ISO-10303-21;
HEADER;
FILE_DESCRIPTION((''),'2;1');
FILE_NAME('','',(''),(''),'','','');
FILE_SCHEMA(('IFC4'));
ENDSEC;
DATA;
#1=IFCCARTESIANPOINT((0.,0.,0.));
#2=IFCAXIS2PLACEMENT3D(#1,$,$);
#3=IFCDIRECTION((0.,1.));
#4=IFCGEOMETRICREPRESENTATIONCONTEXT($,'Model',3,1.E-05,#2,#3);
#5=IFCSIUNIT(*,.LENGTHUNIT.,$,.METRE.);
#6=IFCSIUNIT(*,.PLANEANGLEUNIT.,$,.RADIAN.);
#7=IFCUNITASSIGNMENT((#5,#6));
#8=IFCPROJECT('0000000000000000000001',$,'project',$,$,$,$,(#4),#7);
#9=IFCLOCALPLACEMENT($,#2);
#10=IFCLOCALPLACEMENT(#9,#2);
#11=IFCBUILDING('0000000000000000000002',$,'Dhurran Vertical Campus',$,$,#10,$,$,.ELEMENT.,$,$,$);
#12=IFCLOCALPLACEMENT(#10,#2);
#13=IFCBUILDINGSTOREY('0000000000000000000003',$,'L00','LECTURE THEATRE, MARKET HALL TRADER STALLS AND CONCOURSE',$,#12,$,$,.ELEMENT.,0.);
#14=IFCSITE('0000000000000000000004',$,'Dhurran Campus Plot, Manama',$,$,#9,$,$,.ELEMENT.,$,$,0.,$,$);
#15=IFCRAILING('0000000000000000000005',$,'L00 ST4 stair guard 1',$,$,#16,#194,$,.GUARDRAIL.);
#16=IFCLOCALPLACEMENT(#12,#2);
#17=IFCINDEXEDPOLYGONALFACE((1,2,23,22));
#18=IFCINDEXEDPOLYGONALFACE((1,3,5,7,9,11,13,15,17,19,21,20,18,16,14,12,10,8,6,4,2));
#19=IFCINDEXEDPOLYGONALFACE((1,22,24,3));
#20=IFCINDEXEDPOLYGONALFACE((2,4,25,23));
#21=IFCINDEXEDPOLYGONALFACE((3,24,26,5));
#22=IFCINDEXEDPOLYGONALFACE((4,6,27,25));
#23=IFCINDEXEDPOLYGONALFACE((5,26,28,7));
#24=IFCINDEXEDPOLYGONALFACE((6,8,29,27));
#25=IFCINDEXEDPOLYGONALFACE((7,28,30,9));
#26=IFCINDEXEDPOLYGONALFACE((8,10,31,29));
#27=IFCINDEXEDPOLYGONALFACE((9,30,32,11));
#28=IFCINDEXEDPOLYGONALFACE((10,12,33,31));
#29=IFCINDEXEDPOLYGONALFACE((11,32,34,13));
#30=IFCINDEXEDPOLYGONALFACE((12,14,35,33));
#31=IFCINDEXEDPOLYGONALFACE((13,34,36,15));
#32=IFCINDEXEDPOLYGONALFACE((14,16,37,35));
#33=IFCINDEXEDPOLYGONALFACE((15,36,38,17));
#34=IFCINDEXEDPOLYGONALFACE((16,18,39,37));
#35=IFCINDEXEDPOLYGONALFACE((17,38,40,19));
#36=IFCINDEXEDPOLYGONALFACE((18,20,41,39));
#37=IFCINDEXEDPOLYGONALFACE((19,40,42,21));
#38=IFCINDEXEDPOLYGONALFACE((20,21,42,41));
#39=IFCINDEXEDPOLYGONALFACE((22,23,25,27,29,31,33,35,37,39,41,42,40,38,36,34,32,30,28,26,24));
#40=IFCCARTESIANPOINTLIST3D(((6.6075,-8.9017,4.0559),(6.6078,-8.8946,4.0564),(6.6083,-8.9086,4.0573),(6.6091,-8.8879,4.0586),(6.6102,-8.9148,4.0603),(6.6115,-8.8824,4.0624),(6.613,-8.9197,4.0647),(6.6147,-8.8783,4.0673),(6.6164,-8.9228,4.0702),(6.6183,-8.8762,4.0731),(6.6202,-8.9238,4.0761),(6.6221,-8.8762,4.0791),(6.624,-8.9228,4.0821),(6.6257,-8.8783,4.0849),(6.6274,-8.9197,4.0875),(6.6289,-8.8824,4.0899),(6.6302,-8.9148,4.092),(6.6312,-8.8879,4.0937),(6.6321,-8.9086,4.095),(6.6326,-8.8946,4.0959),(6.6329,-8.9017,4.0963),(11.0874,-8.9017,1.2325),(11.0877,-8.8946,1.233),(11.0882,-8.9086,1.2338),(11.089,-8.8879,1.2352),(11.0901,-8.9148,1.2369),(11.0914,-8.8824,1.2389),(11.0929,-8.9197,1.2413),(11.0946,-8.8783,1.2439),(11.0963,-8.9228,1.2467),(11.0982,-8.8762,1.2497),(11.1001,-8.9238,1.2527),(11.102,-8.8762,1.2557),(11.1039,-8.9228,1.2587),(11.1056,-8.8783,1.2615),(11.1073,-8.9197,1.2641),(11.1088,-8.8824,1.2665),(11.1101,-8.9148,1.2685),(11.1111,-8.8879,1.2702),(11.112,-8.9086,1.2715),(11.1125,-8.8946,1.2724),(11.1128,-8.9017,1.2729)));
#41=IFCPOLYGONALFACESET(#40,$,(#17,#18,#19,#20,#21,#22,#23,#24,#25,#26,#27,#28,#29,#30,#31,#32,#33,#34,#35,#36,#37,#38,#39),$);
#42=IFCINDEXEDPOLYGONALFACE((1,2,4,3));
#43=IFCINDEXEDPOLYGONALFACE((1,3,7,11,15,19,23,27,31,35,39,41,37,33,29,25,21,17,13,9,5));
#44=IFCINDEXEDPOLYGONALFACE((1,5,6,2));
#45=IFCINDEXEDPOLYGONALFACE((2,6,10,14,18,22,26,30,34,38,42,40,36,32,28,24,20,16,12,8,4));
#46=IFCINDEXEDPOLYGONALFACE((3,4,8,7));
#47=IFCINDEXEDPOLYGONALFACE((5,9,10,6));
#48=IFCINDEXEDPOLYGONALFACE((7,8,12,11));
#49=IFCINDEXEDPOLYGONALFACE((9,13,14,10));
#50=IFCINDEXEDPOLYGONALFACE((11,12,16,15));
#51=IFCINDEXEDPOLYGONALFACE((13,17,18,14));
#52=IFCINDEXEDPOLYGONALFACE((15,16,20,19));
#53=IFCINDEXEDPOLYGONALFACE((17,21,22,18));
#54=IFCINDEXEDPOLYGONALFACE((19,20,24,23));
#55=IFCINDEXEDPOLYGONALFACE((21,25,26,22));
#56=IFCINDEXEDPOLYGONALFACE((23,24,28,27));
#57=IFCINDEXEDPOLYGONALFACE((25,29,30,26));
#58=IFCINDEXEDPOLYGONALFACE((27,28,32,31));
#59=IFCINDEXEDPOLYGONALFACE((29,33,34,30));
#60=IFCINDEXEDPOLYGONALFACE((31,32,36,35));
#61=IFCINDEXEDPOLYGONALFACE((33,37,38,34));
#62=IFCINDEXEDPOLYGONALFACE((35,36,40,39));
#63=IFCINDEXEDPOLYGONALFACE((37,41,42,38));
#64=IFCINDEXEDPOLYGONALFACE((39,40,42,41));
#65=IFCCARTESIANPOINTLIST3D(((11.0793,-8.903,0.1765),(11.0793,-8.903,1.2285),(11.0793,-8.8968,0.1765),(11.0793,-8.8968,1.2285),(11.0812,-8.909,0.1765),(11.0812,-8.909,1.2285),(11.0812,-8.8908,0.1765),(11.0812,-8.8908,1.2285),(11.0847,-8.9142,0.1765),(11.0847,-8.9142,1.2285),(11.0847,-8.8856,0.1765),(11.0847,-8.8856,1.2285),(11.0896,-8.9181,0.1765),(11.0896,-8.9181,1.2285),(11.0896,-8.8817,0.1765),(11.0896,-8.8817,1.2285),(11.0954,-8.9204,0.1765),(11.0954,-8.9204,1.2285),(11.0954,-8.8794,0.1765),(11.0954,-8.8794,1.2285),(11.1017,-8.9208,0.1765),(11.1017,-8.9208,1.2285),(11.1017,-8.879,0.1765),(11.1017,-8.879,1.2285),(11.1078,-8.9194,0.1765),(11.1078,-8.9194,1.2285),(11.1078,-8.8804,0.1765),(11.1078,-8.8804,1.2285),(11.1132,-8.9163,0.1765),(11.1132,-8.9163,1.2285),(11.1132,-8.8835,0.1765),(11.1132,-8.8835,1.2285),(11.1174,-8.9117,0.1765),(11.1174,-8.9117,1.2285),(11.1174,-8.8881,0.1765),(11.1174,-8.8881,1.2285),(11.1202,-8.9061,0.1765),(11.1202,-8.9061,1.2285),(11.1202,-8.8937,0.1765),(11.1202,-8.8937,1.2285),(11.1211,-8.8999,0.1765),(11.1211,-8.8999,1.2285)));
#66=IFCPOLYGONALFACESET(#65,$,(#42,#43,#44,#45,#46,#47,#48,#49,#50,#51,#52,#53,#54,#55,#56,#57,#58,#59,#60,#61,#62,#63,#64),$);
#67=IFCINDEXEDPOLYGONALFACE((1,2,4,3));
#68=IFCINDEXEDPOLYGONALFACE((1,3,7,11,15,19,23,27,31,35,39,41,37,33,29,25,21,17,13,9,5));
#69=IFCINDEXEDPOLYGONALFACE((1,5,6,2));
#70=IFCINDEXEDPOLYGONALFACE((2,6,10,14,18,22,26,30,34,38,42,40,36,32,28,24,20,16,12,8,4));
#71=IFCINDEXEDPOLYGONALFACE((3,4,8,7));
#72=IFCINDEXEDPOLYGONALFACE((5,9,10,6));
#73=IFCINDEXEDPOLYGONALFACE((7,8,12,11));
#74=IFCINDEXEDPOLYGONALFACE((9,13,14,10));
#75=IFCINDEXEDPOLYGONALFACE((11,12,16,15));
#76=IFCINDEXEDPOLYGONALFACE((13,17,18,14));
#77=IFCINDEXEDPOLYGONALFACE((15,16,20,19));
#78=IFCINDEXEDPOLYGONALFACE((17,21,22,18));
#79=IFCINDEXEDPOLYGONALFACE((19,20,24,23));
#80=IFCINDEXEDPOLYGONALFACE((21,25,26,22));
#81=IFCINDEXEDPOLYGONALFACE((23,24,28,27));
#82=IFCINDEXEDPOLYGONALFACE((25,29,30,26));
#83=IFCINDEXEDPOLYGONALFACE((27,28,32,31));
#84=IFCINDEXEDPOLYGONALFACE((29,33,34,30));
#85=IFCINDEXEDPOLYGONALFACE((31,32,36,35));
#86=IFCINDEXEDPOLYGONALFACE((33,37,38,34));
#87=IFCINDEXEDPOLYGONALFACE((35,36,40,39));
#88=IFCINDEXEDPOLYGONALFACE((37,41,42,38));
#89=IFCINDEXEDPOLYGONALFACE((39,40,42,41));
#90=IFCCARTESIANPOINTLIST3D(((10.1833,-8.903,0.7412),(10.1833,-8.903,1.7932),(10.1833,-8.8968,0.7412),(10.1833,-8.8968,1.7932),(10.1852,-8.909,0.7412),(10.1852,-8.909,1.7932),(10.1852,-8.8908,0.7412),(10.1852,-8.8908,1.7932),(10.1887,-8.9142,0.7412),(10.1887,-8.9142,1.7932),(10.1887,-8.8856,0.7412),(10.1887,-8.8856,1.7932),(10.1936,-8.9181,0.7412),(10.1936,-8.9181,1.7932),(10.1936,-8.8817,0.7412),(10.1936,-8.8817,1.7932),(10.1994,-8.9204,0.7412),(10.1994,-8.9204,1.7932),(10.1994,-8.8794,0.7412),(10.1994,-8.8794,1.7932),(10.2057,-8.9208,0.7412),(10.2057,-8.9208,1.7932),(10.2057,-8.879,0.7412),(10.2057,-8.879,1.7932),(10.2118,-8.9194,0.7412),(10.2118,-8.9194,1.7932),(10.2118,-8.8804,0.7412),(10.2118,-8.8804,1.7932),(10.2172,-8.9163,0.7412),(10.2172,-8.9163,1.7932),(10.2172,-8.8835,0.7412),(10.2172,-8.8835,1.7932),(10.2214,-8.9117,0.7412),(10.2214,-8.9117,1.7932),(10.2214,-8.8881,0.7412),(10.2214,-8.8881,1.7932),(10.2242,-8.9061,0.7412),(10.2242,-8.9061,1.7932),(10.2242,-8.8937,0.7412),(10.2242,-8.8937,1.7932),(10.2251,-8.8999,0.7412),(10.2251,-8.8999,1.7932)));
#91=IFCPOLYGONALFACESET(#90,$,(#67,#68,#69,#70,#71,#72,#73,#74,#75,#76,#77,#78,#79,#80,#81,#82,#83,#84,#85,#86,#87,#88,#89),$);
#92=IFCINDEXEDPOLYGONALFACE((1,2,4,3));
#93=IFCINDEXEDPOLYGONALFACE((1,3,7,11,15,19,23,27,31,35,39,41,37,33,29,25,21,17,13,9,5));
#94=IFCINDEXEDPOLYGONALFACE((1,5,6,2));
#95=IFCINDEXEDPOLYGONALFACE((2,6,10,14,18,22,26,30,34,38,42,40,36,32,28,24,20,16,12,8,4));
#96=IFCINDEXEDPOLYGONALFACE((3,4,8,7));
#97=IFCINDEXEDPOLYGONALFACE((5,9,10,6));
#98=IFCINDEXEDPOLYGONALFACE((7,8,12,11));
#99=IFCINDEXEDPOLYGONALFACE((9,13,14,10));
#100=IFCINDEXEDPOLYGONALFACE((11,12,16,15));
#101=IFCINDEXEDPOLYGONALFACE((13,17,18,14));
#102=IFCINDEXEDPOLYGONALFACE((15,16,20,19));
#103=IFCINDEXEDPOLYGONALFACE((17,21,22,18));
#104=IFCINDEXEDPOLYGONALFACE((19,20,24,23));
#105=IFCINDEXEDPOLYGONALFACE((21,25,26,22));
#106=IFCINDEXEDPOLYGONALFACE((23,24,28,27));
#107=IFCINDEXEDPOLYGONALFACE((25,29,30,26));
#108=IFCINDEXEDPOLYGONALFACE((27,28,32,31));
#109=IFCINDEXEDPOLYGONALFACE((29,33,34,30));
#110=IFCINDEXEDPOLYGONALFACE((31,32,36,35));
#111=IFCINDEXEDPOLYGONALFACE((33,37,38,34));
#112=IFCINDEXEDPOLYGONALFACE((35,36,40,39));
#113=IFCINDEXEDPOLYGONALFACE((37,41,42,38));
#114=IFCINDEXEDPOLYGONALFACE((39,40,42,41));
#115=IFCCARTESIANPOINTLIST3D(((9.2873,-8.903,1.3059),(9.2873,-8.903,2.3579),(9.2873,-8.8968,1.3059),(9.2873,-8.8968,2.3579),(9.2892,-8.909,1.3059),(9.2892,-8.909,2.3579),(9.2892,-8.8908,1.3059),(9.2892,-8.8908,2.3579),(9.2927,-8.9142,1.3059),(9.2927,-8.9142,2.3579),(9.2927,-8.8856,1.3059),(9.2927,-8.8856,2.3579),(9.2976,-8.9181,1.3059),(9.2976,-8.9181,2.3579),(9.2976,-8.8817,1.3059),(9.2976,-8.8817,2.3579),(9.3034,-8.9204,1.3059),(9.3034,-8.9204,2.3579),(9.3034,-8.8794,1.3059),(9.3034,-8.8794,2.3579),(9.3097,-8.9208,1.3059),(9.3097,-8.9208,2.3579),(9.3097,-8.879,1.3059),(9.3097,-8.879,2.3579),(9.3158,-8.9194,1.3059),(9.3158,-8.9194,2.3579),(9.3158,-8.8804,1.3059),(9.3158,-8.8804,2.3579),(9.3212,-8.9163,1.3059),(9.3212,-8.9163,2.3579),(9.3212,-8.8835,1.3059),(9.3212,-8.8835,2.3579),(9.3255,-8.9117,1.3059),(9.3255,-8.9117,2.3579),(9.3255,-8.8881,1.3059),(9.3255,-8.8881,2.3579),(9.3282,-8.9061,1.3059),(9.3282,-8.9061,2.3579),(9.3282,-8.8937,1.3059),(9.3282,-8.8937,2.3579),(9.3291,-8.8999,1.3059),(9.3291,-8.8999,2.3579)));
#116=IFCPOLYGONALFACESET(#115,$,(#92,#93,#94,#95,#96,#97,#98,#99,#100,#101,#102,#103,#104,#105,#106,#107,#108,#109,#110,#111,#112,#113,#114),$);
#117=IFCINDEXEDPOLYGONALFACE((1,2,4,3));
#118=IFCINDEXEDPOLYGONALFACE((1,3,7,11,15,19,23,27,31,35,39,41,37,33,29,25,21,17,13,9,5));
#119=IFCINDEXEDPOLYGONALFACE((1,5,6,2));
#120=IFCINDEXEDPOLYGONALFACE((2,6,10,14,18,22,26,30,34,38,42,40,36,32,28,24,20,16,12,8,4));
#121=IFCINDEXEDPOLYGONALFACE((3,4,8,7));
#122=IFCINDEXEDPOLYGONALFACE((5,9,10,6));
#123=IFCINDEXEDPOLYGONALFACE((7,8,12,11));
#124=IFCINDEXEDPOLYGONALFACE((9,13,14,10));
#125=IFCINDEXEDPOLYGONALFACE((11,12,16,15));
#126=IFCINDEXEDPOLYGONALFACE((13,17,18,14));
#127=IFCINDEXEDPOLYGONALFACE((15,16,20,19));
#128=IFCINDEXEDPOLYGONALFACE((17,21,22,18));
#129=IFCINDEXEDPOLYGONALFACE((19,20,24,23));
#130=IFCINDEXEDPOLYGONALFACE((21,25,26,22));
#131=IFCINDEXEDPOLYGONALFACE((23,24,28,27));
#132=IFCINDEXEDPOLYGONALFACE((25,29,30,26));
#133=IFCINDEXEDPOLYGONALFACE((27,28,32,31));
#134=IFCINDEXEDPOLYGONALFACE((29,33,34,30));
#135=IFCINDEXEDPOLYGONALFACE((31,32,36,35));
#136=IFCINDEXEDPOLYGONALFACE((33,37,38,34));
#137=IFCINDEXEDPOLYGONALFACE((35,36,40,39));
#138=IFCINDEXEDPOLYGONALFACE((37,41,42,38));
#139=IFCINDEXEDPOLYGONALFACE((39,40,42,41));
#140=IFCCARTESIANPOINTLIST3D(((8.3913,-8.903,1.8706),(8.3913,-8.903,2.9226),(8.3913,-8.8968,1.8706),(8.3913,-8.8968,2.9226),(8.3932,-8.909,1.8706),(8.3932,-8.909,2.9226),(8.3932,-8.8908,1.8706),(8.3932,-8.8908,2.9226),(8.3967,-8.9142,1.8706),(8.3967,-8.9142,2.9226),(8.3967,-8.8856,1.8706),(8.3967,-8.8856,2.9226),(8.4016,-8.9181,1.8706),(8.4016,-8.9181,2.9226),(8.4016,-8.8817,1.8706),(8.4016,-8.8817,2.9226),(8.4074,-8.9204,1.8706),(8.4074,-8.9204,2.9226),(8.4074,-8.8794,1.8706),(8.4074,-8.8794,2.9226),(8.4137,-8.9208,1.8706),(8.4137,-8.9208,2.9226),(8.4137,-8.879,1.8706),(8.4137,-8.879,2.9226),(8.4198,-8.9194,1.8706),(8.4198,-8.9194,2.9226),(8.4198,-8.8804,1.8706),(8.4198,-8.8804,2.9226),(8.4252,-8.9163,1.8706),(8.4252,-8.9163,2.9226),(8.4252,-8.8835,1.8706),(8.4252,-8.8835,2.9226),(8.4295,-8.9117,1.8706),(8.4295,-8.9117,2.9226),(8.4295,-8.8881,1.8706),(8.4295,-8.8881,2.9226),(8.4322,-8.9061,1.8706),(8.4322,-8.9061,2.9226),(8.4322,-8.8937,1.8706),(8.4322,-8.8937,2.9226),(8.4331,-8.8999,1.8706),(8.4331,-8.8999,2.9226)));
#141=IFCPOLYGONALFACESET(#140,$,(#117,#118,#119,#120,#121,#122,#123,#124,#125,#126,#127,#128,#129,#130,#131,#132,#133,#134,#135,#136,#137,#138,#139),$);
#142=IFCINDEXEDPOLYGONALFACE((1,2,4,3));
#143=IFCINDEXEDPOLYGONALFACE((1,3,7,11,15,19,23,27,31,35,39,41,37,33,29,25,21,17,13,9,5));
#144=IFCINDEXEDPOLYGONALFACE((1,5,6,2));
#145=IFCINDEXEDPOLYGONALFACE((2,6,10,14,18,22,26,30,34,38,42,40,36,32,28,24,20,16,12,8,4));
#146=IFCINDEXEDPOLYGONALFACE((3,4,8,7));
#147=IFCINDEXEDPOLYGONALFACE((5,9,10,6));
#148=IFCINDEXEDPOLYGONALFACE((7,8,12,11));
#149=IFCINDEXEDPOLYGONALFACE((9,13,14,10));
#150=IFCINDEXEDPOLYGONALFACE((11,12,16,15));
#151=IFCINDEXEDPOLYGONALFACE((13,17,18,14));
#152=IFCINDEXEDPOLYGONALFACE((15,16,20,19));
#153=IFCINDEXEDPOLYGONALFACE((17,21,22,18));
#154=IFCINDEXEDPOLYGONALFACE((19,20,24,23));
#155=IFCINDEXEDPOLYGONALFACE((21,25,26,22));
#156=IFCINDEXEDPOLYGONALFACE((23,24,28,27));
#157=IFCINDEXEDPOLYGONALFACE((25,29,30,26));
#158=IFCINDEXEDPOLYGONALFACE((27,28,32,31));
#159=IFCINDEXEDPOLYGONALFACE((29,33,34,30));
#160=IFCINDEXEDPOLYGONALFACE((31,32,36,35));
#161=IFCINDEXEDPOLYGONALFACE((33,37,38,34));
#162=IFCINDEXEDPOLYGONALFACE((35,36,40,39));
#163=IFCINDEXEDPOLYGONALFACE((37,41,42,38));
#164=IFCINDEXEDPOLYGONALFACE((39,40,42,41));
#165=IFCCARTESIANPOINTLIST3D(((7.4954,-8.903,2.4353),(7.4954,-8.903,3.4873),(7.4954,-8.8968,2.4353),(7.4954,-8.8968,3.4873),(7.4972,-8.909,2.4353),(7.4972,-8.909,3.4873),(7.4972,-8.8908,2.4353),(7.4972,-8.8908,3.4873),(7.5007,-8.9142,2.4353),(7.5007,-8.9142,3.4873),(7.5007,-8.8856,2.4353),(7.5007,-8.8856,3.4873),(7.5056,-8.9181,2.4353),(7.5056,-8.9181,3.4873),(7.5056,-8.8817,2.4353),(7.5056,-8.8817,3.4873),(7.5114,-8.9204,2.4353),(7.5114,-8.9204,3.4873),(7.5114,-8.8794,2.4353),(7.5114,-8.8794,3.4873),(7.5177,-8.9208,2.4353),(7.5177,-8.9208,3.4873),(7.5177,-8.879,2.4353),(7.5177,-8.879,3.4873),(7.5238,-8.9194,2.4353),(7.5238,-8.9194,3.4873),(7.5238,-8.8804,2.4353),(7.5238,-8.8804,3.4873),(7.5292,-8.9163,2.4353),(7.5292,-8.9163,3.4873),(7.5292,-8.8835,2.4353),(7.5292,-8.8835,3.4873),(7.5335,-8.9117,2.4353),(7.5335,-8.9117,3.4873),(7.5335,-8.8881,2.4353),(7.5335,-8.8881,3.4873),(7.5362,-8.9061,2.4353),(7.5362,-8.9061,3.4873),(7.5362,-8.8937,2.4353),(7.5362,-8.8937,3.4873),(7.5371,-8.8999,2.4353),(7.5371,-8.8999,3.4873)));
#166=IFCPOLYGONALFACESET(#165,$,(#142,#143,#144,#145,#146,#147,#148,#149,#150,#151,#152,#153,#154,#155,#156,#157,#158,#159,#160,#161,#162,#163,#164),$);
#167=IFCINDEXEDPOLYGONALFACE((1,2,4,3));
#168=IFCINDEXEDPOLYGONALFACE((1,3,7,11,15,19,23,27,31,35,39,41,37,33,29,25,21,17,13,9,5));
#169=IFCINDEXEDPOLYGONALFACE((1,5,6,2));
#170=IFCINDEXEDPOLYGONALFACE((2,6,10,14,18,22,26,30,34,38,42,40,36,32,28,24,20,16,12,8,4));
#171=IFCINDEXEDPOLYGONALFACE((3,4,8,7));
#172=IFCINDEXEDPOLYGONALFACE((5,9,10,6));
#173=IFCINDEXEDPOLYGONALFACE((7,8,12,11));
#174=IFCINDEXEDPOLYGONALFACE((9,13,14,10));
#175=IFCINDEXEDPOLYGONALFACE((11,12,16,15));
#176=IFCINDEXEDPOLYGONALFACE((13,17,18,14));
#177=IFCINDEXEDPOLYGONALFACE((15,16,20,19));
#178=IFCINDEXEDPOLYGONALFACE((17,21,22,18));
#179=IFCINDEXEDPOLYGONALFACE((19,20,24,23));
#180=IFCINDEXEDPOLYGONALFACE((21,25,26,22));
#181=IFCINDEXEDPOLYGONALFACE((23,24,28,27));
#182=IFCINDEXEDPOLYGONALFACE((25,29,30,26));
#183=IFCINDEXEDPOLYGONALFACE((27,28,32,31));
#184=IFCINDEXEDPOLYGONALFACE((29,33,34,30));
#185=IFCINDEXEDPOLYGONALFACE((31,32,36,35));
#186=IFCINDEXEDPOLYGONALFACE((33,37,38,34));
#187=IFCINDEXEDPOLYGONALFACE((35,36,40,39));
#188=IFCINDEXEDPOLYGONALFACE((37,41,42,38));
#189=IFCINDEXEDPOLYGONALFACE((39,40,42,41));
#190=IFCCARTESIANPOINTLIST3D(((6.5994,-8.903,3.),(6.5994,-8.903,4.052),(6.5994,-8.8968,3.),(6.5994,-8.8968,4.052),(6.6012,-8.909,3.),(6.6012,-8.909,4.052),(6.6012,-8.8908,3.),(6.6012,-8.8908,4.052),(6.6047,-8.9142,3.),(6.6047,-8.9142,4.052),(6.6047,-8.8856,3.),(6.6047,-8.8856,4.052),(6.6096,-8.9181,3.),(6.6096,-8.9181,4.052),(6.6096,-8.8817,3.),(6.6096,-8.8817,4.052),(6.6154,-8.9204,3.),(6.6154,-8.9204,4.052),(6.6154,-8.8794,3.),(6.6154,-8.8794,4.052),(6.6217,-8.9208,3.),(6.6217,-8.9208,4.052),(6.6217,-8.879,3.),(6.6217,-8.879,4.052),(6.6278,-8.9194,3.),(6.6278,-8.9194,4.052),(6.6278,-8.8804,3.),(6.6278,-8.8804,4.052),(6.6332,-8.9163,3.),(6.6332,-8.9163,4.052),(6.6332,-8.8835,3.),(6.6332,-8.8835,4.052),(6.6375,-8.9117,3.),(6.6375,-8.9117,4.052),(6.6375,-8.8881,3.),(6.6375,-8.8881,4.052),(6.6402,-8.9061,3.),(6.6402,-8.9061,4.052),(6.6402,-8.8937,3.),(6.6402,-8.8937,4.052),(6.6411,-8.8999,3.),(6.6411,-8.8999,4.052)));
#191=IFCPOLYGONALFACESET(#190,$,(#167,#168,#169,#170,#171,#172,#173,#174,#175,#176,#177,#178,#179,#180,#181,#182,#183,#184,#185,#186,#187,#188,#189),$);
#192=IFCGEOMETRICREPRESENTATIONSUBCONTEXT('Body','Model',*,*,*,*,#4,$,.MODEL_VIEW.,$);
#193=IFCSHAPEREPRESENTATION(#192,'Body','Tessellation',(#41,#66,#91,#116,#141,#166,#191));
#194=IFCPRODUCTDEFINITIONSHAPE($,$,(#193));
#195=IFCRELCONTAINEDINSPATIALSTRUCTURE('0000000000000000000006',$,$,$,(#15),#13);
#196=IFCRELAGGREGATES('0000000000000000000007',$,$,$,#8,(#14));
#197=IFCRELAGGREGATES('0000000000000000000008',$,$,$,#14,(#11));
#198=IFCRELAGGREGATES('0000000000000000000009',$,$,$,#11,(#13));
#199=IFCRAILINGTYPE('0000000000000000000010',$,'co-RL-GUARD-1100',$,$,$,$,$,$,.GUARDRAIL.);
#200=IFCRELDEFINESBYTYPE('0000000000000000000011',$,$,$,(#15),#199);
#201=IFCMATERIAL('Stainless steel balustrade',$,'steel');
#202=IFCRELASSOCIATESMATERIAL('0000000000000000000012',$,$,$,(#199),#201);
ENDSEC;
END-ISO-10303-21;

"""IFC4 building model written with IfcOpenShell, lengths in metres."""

from ifc_helpers import new_model, si_unit, direction, frame, origin, origin_2d, place, context, subcontext, project, spatial, circle, extrude, material, type_object, element, save


model = new_model("IFC4")

# Units and contexts
model_context = context("Model", 3, precision=1e-05, world=origin(), true_north=direction((0.0, 1.0)))
body_context = subcontext(model_context, "Body", "Model", "MODEL_VIEW")
ifc_project = project(units=[si_unit("LENGTHUNIT", "METRE"), si_unit("PLANEANGLEUNIT", "RADIAN")], contexts=[model_context])

# Site, building, storey
site_placement = place(None, origin())
site = spatial("IfcSite", under=ifc_project, at=site_placement, Name="Dhurran Campus Plot, Manama", CompositionType="ELEMENT", RefElevation=0.0)
building_placement = place(site_placement, origin())
building = spatial("IfcBuilding", under=site, at=building_placement, Name="Dhurran Vertical Campus", CompositionType="ELEMENT")
storey_placement = place(building_placement, origin())
storey = spatial("IfcBuildingStorey", under=building, at=storey_placement, Name="L00", Description="LECTURE THEATRE, MARKET HALL TRADER STALLS AND CONCOURSE", CompositionType="ELEMENT", Elevation=0.0)

# Railing
ifc_material_1 = material(Name="Stainless steel balustrade", Category="steel")
railing_type_1 = type_object("IfcRailingType", Name="co-RL-GUARD-1100", PredefinedType="GUARDRAIL", material=ifc_material_1)
railing_1_placement = place(storey_placement, frame((11.1001, -8.8999, 0.1765)))
element("IfcRailing", 1, at=railing_1_placement, inside=storey, type_object=railing_type_1, Name="L00 ST4 stair guard 1", PredefinedType="GUARDRAIL", context=body_context, shape_type="SweptSolid", body=[
    extrude(circle(Radius=0.0239, at=origin_2d()), frame((0.0, 0.0, 1.0762), z_axis=(-0.845998, 0.0, 0.533186), x_axis=(0.0, -1.0, 0.0)), (0.0, 0.0, 1.0), 5.2954),
    extrude(circle(Radius=0.021, at=origin_2d()), origin(), (0.0, 0.0, 1.0), 1.052),
    extrude(circle(Radius=0.021, at=origin_2d()), frame((-0.896, 0.0, 0.5647)), (0.0, 0.0, 1.0), 1.052),
    extrude(circle(Radius=0.021, at=origin_2d()), frame((-1.792, 0.0, 1.1294)), (0.0, 0.0, 1.0), 1.052),
    extrude(circle(Radius=0.021, at=origin_2d()), frame((-2.688, 0.0, 1.6941)), (0.0, 0.0, 1.0), 1.052),
    extrude(circle(Radius=0.021, at=origin_2d()), frame((-3.584, 0.0, 2.2588)), (0.0, 0.0, 1.0), 1.052),
    extrude(circle(Radius=0.021, at=origin_2d()), frame((-4.48, 0.0, 2.8235)), (0.0, 0.0, 1.0), 1.052),
])

save(model, "model.ifc")
